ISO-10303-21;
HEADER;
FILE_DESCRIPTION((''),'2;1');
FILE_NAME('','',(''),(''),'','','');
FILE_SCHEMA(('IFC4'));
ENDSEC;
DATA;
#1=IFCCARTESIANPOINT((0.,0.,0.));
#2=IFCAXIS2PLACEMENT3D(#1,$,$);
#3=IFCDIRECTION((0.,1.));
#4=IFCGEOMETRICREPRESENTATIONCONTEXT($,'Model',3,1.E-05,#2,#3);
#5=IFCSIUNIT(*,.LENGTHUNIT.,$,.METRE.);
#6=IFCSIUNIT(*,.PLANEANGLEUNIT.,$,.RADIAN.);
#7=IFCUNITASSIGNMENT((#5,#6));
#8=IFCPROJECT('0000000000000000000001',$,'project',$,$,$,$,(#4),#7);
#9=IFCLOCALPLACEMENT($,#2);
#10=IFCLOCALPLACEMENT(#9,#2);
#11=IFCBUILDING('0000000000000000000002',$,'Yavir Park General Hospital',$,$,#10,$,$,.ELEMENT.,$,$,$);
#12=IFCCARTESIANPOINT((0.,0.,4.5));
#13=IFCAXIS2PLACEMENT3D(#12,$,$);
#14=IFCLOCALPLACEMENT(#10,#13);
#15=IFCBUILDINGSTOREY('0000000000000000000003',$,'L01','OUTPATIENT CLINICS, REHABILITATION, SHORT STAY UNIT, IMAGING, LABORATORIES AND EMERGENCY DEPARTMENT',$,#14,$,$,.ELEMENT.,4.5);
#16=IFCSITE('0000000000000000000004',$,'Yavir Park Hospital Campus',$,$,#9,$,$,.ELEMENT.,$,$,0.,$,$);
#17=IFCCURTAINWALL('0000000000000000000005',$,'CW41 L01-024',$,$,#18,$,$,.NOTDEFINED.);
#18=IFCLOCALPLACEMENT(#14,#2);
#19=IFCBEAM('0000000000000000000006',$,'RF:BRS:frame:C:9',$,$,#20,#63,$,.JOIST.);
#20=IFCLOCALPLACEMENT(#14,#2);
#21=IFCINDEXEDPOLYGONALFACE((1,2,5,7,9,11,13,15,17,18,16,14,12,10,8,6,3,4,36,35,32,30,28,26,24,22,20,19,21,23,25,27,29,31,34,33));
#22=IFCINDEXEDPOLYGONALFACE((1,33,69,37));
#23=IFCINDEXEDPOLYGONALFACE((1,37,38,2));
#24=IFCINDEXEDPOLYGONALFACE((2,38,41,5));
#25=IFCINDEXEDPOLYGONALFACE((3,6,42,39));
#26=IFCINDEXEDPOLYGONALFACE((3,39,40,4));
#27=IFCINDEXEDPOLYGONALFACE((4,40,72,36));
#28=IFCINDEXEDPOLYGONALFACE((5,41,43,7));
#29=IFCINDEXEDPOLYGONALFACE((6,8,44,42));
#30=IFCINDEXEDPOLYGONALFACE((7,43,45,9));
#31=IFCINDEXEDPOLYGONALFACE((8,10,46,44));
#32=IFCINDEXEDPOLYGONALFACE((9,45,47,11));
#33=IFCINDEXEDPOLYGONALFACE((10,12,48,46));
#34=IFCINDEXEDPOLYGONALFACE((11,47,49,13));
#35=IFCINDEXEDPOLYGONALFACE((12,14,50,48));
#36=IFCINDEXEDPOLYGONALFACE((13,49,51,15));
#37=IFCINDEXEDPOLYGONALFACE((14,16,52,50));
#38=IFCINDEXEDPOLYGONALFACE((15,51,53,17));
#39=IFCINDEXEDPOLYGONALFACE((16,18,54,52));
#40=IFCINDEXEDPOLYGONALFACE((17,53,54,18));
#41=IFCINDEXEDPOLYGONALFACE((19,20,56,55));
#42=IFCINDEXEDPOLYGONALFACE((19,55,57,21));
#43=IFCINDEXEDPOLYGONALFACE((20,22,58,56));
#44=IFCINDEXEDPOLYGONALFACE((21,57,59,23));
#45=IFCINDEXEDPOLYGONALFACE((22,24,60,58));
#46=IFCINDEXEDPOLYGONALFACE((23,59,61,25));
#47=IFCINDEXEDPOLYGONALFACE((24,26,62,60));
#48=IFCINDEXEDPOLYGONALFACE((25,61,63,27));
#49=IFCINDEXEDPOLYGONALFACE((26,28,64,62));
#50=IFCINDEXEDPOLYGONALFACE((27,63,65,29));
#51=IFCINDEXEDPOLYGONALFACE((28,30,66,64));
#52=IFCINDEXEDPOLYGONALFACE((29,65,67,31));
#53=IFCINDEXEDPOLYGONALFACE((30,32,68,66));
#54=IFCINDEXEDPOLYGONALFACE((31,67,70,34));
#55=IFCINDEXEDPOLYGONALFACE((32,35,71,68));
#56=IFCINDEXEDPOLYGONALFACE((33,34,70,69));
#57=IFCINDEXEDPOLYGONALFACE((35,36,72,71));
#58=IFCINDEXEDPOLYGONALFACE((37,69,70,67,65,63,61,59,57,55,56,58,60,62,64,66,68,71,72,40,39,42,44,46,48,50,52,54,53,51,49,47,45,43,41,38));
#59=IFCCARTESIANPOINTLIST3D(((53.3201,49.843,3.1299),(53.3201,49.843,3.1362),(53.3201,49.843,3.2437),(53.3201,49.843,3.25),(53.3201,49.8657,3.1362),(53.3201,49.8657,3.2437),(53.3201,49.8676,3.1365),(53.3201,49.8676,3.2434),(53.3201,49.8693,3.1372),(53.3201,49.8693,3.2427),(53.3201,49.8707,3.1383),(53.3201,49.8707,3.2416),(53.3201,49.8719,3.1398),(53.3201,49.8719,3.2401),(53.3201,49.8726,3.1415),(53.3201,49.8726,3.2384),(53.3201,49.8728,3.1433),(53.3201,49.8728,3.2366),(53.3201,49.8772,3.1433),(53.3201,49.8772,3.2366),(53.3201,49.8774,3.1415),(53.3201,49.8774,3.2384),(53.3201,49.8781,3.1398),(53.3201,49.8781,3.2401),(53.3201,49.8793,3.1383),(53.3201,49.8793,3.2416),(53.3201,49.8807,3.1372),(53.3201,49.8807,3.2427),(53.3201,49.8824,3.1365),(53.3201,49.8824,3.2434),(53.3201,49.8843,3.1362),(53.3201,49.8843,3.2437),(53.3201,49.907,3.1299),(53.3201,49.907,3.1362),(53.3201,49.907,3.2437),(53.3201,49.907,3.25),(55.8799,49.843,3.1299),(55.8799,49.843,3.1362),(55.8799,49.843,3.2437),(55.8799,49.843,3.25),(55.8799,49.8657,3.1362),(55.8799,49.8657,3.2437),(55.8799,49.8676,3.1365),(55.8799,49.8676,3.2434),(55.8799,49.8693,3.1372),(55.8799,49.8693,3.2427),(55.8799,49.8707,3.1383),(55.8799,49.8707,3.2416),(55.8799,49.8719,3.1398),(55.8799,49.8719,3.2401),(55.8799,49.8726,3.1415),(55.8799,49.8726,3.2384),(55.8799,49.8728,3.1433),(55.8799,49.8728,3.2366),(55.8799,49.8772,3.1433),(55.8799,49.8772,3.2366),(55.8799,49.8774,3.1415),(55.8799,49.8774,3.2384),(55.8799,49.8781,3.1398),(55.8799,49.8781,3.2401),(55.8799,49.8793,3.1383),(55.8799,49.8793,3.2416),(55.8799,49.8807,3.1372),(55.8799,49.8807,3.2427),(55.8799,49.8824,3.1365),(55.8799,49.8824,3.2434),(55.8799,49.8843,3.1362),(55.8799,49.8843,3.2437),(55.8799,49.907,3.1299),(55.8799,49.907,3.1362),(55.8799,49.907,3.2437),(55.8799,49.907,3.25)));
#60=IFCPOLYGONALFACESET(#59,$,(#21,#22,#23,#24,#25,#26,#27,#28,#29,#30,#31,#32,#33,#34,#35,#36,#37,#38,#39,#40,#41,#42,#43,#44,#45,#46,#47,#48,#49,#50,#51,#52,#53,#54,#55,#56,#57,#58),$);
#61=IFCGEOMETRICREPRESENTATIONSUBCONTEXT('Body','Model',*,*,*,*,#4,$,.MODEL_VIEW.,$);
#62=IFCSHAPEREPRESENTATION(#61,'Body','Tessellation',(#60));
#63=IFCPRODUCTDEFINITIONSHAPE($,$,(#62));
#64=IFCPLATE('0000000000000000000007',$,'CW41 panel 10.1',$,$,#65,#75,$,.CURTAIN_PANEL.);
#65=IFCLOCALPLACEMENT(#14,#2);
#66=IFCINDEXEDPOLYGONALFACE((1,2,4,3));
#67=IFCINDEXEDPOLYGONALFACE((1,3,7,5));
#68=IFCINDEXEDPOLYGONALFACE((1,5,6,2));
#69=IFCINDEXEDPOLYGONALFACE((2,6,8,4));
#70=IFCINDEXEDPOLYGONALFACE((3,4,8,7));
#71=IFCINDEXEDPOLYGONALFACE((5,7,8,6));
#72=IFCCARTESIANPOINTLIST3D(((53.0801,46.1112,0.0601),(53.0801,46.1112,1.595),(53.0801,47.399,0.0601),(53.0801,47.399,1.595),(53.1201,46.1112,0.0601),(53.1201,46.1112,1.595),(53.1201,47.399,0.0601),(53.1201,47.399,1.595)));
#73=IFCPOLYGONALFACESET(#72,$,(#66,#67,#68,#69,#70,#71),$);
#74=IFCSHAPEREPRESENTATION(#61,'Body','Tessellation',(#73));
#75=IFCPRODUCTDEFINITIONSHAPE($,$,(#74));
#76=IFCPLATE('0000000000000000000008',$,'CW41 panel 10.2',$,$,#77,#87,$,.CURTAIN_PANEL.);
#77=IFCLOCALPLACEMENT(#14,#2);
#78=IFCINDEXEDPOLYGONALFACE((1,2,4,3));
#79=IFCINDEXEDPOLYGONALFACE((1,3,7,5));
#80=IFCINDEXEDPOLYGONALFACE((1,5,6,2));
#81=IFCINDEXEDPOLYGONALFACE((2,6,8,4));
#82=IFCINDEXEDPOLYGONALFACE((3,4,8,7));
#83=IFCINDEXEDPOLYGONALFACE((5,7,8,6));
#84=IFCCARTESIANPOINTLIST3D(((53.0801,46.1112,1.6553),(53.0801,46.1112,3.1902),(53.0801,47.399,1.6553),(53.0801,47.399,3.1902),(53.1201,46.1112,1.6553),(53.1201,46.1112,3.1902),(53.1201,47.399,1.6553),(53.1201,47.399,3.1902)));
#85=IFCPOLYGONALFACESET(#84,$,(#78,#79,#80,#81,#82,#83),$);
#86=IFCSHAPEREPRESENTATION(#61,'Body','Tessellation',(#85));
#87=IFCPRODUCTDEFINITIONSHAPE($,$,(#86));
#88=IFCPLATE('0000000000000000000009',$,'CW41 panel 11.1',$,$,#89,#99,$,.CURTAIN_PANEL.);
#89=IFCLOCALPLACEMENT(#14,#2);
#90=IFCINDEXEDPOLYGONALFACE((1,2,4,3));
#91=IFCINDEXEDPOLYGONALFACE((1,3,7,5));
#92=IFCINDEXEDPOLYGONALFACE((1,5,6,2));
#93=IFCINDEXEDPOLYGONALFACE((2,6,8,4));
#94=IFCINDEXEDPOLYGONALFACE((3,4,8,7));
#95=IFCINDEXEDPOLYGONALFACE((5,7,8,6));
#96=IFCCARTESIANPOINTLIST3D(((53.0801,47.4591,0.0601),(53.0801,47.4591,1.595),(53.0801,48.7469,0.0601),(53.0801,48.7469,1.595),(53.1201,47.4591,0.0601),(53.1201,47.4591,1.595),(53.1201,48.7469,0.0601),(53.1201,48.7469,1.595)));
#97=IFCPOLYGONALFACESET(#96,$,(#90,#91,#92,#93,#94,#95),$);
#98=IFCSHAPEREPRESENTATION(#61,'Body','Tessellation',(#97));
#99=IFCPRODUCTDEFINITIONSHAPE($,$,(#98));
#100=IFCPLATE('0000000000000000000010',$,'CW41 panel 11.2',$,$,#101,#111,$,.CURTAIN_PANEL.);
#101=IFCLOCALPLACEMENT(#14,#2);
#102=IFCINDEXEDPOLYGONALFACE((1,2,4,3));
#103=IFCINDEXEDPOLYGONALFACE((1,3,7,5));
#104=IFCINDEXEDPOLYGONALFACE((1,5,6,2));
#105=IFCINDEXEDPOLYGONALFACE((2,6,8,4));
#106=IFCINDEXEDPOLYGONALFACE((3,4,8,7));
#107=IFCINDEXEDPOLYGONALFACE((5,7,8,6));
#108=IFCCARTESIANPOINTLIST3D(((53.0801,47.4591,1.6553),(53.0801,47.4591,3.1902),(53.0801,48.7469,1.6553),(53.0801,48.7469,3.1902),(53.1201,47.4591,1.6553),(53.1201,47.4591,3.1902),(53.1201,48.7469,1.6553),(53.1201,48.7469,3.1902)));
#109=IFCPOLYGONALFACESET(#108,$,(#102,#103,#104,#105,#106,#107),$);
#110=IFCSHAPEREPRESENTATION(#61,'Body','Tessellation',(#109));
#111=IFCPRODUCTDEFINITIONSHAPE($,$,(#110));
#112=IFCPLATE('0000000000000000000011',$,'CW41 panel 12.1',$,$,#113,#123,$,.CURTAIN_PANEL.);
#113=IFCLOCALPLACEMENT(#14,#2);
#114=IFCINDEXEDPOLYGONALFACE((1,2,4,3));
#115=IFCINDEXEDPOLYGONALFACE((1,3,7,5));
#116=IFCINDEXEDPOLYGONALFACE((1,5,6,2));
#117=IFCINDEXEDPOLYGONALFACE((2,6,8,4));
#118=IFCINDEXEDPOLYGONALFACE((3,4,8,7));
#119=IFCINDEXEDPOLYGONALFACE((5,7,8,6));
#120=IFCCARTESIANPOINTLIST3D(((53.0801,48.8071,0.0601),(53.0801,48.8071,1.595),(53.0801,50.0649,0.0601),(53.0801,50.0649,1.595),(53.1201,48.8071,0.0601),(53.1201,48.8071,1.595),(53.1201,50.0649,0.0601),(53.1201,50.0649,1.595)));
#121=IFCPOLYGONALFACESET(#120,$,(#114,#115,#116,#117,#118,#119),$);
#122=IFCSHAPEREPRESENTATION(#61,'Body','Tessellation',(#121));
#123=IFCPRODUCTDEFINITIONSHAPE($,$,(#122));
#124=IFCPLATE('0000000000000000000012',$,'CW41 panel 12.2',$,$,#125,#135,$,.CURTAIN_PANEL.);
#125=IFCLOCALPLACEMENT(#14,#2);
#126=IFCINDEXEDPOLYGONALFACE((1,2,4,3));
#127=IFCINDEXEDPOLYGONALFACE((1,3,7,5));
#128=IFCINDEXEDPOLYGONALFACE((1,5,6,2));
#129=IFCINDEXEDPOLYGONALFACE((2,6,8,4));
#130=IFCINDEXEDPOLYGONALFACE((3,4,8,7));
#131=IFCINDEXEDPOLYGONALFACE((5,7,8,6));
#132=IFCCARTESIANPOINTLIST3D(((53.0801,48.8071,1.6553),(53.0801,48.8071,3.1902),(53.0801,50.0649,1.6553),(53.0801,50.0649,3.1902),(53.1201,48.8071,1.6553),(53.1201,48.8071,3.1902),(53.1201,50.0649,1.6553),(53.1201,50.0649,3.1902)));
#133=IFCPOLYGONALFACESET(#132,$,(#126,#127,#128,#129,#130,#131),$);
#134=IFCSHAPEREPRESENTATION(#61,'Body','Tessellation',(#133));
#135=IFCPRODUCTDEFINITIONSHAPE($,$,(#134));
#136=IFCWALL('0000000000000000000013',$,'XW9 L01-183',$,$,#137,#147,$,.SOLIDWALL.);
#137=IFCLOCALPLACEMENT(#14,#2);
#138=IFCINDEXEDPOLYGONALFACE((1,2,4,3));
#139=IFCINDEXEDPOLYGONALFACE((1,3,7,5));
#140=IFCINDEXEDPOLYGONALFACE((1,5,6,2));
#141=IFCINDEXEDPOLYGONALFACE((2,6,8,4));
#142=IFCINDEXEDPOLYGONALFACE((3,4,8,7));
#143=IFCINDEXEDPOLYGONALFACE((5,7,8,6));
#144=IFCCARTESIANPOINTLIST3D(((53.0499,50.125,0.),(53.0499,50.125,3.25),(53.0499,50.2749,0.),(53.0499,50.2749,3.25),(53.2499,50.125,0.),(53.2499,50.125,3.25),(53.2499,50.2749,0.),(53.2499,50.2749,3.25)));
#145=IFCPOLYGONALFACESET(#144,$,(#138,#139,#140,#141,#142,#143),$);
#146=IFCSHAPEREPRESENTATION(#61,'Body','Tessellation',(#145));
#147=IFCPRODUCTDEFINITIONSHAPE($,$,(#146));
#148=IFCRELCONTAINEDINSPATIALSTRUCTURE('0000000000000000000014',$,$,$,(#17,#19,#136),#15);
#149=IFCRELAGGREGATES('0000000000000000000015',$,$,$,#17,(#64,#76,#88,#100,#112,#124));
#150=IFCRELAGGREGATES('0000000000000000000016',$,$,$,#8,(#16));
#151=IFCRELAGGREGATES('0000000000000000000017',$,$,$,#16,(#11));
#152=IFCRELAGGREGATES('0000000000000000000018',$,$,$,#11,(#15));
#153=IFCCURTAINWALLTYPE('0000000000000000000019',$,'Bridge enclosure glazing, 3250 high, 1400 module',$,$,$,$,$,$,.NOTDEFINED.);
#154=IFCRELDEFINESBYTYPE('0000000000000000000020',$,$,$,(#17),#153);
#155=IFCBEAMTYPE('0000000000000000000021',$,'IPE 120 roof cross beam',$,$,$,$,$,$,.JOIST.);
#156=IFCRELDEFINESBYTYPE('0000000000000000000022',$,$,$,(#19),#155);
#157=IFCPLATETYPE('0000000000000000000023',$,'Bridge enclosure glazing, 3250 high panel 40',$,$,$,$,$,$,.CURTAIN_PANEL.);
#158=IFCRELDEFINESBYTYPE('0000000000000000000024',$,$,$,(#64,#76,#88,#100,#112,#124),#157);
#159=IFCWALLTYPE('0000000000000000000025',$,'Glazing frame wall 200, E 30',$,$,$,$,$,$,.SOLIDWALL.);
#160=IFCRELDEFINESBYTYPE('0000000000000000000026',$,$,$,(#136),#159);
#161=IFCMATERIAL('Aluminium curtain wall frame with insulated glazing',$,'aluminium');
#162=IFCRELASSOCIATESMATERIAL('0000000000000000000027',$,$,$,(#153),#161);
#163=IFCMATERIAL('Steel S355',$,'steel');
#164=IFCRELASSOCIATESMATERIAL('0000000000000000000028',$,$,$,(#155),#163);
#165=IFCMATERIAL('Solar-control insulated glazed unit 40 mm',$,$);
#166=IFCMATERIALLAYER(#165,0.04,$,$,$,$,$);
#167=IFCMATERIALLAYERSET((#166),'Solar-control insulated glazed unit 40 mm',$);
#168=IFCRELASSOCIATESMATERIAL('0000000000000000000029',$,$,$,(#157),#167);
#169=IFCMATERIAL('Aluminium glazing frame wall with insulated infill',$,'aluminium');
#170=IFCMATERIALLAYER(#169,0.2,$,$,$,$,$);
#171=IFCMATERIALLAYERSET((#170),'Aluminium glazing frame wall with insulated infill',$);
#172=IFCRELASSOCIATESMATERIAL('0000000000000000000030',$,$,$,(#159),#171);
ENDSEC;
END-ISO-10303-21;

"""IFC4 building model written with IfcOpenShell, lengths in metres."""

from ifc_helpers import new_model, si_unit, direction, frame, frame_2d, origin, origin_2d, place, context, subcontext, project, spatial, rectangle, i_section, extrude, material, layer, layer_set, material_profile, profile_set, type_object, element, aggregate, save


model = new_model("IFC4")

# Units and contexts
model_context = context("Model", 3, precision=1e-05, world=origin(), true_north=direction((0.0, 1.0)))
body_context = subcontext(model_context, "Body", "Model", "MODEL_VIEW")
ifc_project = project(units=[si_unit("LENGTHUNIT", "METRE"), si_unit("PLANEANGLEUNIT", "RADIAN")], contexts=[model_context])

# Site, building, storey
site_placement = place(None, origin())
site = spatial("IfcSite", under=ifc_project, at=site_placement, Name="Yavir Park Hospital Campus", CompositionType="ELEMENT", RefElevation=0.0)
building_placement = place(site_placement, origin())
building = spatial("IfcBuilding", under=site, at=building_placement, Name="Yavir Park General Hospital", CompositionType="ELEMENT")
storey_placement = place(building_placement, frame((0.0, 0.0, 4.5)))
storey = spatial("IfcBuildingStorey", under=building, at=storey_placement, Name="L01", Description="OUTPATIENT CLINICS, REHABILITATION, SHORT STAY UNIT, IMAGING, LABORATORIES AND EMERGENCY DEPARTMENT", CompositionType="ELEMENT", Elevation=4.5)

# Curtain wall
ifc_material_1 = material(Name="Aluminium curtain wall frame with insulated glazing", Category="aluminium")
curtain_wall_type = type_object("IfcCurtainWallType", Name="Bridge enclosure glazing, 3250 high, 1400 module", PredefinedType="NOTDEFINED", material=ifc_material_1)
curtain_wall_placement = place(storey_placement, origin())
curtain_wall = element("IfcCurtainWall", 1, at=curtain_wall_placement, inside=storey, type_object=curtain_wall_type, Name="CW41 L01-024", PredefinedType="NOTDEFINED")

# Beam
ifc_material_2 = material(Name="Steel S355", Category="steel")
ifc_material_profile_1 = material_profile(ifc_material_2, i_section(OverallWidth=0.064, OverallDepth=0.1201, WebThickness=0.0044, FlangeThickness=0.0063, FilletRadius=0.0071, at=origin_2d()), Name="IPE120")
ifc_profile_set_1 = profile_set([ifc_material_profile_1], Name="Steel S355")
beam_type_1 = type_object("IfcBeamType", Name="IPE 120 roof cross beam", PredefinedType="JOIST", material=ifc_profile_set_1)
for number, where, z_axis, x_axis, name in (
    (2, (53.3201, 49.875, 3.1899), (1.0, 0.0, 0.0), (0.0, 1.0, 0.0), "RF:BRS:frame:C:9"),
):
    element("IfcBeam", number, at=place(storey_placement, frame(where, z_axis=z_axis, x_axis=x_axis)), inside=storey, type_object=beam_type_1, Name=name, PredefinedType="JOIST", context=body_context, shape_type="SweptSolid", body=[
        extrude(i_section(OverallWidth=0.064, OverallDepth=0.1201, WebThickness=0.0044, FlangeThickness=0.0063, FilletRadius=0.0071, at=origin_2d()), origin(), (0.0, 0.0, 1.0), 2.5598),
    ])

# Plates
ifc_material_3 = material(Name="Solar-control insulated glazed unit 40 mm")
ifc_layer_1 = layer(ifc_material_3, 0.04)
ifc_layer_set_1 = layer_set([ifc_layer_1], Name="Solar-control insulated glazed unit 40 mm")
plate_type = type_object("IfcPlateType", Name="Bridge enclosure glazing, 3250 high panel 40", PredefinedType="CURTAIN_PANEL", material=ifc_layer_set_1)
plate_1_placement = place(storey_placement, frame((53.1001, 46.7551, 0.0601), z_axis=(0.0, 0.0, 1.0), x_axis=(0.0, 1.0, 0.0)))
plate_1 = element("IfcPlate", 3, at=plate_1_placement, type_object=plate_type, Name="CW41 panel 10.1", PredefinedType="CURTAIN_PANEL", context=body_context, shape_type="SweptSolid", body=[
    extrude(rectangle(XDim=1.2878, YDim=0.04, at=origin_2d()), origin(), (0.0, 0.0, 1.0), 1.5349),
])
plate_2_placement = place(storey_placement, frame((53.1001, 46.7551, 1.6553), z_axis=(0.0, 0.0, 1.0), x_axis=(0.0, 1.0, 0.0)))
plate_2 = element("IfcPlate", 4, at=plate_2_placement, type_object=plate_type, Name="CW41 panel 10.2", PredefinedType="CURTAIN_PANEL", context=body_context, shape_type="SweptSolid", body=[
    extrude(rectangle(XDim=1.2878, YDim=0.04, at=origin_2d()), origin(), (0.0, 0.0, 1.0), 1.5349),
])
plate_3_placement = place(storey_placement, frame((53.1001, 48.103, 0.0601), z_axis=(0.0, 0.0, 1.0), x_axis=(0.0, 1.0, 0.0)))
plate_3 = element("IfcPlate", 5, at=plate_3_placement, type_object=plate_type, Name="CW41 panel 11.1", PredefinedType="CURTAIN_PANEL", context=body_context, shape_type="SweptSolid", body=[
    extrude(rectangle(XDim=1.2878, YDim=0.04, at=origin_2d()), origin(), (0.0, 0.0, 1.0), 1.5349),
])
plate_4_placement = place(storey_placement, frame((53.1001, 48.103, 1.6553), z_axis=(0.0, 0.0, 1.0), x_axis=(0.0, 1.0, 0.0)))
plate_4 = element("IfcPlate", 6, at=plate_4_placement, type_object=plate_type, Name="CW41 panel 11.2", PredefinedType="CURTAIN_PANEL", context=body_context, shape_type="SweptSolid", body=[
    extrude(rectangle(XDim=1.2878, YDim=0.04, at=origin_2d()), origin(), (0.0, 0.0, 1.0), 1.5349),
])
plate_5_placement = place(storey_placement, frame((53.1001, 49.436, 0.0601), z_axis=(0.0, 0.0, 1.0), x_axis=(0.0, 1.0, 0.0)))
plate_5 = element("IfcPlate", 7, at=plate_5_placement, type_object=plate_type, Name="CW41 panel 12.1", PredefinedType="CURTAIN_PANEL", context=body_context, shape_type="SweptSolid", body=[
    extrude(rectangle(XDim=1.2578, YDim=0.04, at=origin_2d()), origin(), (0.0, 0.0, 1.0), 1.5349),
])
plate_6_placement = place(storey_placement, frame((53.1001, 49.436, 1.6553), z_axis=(0.0, 0.0, 1.0), x_axis=(0.0, 1.0, 0.0)))
plate_6 = element("IfcPlate", 8, at=plate_6_placement, type_object=plate_type, Name="CW41 panel 12.2", PredefinedType="CURTAIN_PANEL", context=body_context, shape_type="SweptSolid", body=[
    extrude(rectangle(XDim=1.2578, YDim=0.04, at=origin_2d()), origin(), (0.0, 0.0, 1.0), 1.5349),
])
aggregate(curtain_wall, [plate_1, plate_2, plate_3, plate_4, plate_5, plate_6])

# Wall
ifc_material_4 = material(Name="Aluminium glazing frame wall with insulated infill", Category="aluminium")
ifc_layer_2 = layer(ifc_material_4, 0.2)
ifc_layer_set_2 = layer_set([ifc_layer_2], Name="Aluminium glazing frame wall with insulated infill")
wall_type_1 = type_object("IfcWallType", Name="Glazing frame wall 200, E 30", PredefinedType="SOLIDWALL", material=ifc_layer_set_2)
wall_1_placement = place(storey_placement, frame((53.1499, 50.125, 0.0), z_axis=(0.0, 0.0, 1.0), x_axis=(0.0, 1.0, 0.0)))
element("IfcWall", 9, at=wall_1_placement, inside=storey, type_object=wall_type_1, Name="XW9 L01-183", PredefinedType="SOLIDWALL", context=body_context, shape_type="SweptSolid", body=[
    extrude(rectangle(XDim=0.1499, YDim=0.2, at=frame_2d((0.075, 0.0))), origin(), (0.0, 0.0, 1.0), 3.25),
])

save(model, "model.ifc")
